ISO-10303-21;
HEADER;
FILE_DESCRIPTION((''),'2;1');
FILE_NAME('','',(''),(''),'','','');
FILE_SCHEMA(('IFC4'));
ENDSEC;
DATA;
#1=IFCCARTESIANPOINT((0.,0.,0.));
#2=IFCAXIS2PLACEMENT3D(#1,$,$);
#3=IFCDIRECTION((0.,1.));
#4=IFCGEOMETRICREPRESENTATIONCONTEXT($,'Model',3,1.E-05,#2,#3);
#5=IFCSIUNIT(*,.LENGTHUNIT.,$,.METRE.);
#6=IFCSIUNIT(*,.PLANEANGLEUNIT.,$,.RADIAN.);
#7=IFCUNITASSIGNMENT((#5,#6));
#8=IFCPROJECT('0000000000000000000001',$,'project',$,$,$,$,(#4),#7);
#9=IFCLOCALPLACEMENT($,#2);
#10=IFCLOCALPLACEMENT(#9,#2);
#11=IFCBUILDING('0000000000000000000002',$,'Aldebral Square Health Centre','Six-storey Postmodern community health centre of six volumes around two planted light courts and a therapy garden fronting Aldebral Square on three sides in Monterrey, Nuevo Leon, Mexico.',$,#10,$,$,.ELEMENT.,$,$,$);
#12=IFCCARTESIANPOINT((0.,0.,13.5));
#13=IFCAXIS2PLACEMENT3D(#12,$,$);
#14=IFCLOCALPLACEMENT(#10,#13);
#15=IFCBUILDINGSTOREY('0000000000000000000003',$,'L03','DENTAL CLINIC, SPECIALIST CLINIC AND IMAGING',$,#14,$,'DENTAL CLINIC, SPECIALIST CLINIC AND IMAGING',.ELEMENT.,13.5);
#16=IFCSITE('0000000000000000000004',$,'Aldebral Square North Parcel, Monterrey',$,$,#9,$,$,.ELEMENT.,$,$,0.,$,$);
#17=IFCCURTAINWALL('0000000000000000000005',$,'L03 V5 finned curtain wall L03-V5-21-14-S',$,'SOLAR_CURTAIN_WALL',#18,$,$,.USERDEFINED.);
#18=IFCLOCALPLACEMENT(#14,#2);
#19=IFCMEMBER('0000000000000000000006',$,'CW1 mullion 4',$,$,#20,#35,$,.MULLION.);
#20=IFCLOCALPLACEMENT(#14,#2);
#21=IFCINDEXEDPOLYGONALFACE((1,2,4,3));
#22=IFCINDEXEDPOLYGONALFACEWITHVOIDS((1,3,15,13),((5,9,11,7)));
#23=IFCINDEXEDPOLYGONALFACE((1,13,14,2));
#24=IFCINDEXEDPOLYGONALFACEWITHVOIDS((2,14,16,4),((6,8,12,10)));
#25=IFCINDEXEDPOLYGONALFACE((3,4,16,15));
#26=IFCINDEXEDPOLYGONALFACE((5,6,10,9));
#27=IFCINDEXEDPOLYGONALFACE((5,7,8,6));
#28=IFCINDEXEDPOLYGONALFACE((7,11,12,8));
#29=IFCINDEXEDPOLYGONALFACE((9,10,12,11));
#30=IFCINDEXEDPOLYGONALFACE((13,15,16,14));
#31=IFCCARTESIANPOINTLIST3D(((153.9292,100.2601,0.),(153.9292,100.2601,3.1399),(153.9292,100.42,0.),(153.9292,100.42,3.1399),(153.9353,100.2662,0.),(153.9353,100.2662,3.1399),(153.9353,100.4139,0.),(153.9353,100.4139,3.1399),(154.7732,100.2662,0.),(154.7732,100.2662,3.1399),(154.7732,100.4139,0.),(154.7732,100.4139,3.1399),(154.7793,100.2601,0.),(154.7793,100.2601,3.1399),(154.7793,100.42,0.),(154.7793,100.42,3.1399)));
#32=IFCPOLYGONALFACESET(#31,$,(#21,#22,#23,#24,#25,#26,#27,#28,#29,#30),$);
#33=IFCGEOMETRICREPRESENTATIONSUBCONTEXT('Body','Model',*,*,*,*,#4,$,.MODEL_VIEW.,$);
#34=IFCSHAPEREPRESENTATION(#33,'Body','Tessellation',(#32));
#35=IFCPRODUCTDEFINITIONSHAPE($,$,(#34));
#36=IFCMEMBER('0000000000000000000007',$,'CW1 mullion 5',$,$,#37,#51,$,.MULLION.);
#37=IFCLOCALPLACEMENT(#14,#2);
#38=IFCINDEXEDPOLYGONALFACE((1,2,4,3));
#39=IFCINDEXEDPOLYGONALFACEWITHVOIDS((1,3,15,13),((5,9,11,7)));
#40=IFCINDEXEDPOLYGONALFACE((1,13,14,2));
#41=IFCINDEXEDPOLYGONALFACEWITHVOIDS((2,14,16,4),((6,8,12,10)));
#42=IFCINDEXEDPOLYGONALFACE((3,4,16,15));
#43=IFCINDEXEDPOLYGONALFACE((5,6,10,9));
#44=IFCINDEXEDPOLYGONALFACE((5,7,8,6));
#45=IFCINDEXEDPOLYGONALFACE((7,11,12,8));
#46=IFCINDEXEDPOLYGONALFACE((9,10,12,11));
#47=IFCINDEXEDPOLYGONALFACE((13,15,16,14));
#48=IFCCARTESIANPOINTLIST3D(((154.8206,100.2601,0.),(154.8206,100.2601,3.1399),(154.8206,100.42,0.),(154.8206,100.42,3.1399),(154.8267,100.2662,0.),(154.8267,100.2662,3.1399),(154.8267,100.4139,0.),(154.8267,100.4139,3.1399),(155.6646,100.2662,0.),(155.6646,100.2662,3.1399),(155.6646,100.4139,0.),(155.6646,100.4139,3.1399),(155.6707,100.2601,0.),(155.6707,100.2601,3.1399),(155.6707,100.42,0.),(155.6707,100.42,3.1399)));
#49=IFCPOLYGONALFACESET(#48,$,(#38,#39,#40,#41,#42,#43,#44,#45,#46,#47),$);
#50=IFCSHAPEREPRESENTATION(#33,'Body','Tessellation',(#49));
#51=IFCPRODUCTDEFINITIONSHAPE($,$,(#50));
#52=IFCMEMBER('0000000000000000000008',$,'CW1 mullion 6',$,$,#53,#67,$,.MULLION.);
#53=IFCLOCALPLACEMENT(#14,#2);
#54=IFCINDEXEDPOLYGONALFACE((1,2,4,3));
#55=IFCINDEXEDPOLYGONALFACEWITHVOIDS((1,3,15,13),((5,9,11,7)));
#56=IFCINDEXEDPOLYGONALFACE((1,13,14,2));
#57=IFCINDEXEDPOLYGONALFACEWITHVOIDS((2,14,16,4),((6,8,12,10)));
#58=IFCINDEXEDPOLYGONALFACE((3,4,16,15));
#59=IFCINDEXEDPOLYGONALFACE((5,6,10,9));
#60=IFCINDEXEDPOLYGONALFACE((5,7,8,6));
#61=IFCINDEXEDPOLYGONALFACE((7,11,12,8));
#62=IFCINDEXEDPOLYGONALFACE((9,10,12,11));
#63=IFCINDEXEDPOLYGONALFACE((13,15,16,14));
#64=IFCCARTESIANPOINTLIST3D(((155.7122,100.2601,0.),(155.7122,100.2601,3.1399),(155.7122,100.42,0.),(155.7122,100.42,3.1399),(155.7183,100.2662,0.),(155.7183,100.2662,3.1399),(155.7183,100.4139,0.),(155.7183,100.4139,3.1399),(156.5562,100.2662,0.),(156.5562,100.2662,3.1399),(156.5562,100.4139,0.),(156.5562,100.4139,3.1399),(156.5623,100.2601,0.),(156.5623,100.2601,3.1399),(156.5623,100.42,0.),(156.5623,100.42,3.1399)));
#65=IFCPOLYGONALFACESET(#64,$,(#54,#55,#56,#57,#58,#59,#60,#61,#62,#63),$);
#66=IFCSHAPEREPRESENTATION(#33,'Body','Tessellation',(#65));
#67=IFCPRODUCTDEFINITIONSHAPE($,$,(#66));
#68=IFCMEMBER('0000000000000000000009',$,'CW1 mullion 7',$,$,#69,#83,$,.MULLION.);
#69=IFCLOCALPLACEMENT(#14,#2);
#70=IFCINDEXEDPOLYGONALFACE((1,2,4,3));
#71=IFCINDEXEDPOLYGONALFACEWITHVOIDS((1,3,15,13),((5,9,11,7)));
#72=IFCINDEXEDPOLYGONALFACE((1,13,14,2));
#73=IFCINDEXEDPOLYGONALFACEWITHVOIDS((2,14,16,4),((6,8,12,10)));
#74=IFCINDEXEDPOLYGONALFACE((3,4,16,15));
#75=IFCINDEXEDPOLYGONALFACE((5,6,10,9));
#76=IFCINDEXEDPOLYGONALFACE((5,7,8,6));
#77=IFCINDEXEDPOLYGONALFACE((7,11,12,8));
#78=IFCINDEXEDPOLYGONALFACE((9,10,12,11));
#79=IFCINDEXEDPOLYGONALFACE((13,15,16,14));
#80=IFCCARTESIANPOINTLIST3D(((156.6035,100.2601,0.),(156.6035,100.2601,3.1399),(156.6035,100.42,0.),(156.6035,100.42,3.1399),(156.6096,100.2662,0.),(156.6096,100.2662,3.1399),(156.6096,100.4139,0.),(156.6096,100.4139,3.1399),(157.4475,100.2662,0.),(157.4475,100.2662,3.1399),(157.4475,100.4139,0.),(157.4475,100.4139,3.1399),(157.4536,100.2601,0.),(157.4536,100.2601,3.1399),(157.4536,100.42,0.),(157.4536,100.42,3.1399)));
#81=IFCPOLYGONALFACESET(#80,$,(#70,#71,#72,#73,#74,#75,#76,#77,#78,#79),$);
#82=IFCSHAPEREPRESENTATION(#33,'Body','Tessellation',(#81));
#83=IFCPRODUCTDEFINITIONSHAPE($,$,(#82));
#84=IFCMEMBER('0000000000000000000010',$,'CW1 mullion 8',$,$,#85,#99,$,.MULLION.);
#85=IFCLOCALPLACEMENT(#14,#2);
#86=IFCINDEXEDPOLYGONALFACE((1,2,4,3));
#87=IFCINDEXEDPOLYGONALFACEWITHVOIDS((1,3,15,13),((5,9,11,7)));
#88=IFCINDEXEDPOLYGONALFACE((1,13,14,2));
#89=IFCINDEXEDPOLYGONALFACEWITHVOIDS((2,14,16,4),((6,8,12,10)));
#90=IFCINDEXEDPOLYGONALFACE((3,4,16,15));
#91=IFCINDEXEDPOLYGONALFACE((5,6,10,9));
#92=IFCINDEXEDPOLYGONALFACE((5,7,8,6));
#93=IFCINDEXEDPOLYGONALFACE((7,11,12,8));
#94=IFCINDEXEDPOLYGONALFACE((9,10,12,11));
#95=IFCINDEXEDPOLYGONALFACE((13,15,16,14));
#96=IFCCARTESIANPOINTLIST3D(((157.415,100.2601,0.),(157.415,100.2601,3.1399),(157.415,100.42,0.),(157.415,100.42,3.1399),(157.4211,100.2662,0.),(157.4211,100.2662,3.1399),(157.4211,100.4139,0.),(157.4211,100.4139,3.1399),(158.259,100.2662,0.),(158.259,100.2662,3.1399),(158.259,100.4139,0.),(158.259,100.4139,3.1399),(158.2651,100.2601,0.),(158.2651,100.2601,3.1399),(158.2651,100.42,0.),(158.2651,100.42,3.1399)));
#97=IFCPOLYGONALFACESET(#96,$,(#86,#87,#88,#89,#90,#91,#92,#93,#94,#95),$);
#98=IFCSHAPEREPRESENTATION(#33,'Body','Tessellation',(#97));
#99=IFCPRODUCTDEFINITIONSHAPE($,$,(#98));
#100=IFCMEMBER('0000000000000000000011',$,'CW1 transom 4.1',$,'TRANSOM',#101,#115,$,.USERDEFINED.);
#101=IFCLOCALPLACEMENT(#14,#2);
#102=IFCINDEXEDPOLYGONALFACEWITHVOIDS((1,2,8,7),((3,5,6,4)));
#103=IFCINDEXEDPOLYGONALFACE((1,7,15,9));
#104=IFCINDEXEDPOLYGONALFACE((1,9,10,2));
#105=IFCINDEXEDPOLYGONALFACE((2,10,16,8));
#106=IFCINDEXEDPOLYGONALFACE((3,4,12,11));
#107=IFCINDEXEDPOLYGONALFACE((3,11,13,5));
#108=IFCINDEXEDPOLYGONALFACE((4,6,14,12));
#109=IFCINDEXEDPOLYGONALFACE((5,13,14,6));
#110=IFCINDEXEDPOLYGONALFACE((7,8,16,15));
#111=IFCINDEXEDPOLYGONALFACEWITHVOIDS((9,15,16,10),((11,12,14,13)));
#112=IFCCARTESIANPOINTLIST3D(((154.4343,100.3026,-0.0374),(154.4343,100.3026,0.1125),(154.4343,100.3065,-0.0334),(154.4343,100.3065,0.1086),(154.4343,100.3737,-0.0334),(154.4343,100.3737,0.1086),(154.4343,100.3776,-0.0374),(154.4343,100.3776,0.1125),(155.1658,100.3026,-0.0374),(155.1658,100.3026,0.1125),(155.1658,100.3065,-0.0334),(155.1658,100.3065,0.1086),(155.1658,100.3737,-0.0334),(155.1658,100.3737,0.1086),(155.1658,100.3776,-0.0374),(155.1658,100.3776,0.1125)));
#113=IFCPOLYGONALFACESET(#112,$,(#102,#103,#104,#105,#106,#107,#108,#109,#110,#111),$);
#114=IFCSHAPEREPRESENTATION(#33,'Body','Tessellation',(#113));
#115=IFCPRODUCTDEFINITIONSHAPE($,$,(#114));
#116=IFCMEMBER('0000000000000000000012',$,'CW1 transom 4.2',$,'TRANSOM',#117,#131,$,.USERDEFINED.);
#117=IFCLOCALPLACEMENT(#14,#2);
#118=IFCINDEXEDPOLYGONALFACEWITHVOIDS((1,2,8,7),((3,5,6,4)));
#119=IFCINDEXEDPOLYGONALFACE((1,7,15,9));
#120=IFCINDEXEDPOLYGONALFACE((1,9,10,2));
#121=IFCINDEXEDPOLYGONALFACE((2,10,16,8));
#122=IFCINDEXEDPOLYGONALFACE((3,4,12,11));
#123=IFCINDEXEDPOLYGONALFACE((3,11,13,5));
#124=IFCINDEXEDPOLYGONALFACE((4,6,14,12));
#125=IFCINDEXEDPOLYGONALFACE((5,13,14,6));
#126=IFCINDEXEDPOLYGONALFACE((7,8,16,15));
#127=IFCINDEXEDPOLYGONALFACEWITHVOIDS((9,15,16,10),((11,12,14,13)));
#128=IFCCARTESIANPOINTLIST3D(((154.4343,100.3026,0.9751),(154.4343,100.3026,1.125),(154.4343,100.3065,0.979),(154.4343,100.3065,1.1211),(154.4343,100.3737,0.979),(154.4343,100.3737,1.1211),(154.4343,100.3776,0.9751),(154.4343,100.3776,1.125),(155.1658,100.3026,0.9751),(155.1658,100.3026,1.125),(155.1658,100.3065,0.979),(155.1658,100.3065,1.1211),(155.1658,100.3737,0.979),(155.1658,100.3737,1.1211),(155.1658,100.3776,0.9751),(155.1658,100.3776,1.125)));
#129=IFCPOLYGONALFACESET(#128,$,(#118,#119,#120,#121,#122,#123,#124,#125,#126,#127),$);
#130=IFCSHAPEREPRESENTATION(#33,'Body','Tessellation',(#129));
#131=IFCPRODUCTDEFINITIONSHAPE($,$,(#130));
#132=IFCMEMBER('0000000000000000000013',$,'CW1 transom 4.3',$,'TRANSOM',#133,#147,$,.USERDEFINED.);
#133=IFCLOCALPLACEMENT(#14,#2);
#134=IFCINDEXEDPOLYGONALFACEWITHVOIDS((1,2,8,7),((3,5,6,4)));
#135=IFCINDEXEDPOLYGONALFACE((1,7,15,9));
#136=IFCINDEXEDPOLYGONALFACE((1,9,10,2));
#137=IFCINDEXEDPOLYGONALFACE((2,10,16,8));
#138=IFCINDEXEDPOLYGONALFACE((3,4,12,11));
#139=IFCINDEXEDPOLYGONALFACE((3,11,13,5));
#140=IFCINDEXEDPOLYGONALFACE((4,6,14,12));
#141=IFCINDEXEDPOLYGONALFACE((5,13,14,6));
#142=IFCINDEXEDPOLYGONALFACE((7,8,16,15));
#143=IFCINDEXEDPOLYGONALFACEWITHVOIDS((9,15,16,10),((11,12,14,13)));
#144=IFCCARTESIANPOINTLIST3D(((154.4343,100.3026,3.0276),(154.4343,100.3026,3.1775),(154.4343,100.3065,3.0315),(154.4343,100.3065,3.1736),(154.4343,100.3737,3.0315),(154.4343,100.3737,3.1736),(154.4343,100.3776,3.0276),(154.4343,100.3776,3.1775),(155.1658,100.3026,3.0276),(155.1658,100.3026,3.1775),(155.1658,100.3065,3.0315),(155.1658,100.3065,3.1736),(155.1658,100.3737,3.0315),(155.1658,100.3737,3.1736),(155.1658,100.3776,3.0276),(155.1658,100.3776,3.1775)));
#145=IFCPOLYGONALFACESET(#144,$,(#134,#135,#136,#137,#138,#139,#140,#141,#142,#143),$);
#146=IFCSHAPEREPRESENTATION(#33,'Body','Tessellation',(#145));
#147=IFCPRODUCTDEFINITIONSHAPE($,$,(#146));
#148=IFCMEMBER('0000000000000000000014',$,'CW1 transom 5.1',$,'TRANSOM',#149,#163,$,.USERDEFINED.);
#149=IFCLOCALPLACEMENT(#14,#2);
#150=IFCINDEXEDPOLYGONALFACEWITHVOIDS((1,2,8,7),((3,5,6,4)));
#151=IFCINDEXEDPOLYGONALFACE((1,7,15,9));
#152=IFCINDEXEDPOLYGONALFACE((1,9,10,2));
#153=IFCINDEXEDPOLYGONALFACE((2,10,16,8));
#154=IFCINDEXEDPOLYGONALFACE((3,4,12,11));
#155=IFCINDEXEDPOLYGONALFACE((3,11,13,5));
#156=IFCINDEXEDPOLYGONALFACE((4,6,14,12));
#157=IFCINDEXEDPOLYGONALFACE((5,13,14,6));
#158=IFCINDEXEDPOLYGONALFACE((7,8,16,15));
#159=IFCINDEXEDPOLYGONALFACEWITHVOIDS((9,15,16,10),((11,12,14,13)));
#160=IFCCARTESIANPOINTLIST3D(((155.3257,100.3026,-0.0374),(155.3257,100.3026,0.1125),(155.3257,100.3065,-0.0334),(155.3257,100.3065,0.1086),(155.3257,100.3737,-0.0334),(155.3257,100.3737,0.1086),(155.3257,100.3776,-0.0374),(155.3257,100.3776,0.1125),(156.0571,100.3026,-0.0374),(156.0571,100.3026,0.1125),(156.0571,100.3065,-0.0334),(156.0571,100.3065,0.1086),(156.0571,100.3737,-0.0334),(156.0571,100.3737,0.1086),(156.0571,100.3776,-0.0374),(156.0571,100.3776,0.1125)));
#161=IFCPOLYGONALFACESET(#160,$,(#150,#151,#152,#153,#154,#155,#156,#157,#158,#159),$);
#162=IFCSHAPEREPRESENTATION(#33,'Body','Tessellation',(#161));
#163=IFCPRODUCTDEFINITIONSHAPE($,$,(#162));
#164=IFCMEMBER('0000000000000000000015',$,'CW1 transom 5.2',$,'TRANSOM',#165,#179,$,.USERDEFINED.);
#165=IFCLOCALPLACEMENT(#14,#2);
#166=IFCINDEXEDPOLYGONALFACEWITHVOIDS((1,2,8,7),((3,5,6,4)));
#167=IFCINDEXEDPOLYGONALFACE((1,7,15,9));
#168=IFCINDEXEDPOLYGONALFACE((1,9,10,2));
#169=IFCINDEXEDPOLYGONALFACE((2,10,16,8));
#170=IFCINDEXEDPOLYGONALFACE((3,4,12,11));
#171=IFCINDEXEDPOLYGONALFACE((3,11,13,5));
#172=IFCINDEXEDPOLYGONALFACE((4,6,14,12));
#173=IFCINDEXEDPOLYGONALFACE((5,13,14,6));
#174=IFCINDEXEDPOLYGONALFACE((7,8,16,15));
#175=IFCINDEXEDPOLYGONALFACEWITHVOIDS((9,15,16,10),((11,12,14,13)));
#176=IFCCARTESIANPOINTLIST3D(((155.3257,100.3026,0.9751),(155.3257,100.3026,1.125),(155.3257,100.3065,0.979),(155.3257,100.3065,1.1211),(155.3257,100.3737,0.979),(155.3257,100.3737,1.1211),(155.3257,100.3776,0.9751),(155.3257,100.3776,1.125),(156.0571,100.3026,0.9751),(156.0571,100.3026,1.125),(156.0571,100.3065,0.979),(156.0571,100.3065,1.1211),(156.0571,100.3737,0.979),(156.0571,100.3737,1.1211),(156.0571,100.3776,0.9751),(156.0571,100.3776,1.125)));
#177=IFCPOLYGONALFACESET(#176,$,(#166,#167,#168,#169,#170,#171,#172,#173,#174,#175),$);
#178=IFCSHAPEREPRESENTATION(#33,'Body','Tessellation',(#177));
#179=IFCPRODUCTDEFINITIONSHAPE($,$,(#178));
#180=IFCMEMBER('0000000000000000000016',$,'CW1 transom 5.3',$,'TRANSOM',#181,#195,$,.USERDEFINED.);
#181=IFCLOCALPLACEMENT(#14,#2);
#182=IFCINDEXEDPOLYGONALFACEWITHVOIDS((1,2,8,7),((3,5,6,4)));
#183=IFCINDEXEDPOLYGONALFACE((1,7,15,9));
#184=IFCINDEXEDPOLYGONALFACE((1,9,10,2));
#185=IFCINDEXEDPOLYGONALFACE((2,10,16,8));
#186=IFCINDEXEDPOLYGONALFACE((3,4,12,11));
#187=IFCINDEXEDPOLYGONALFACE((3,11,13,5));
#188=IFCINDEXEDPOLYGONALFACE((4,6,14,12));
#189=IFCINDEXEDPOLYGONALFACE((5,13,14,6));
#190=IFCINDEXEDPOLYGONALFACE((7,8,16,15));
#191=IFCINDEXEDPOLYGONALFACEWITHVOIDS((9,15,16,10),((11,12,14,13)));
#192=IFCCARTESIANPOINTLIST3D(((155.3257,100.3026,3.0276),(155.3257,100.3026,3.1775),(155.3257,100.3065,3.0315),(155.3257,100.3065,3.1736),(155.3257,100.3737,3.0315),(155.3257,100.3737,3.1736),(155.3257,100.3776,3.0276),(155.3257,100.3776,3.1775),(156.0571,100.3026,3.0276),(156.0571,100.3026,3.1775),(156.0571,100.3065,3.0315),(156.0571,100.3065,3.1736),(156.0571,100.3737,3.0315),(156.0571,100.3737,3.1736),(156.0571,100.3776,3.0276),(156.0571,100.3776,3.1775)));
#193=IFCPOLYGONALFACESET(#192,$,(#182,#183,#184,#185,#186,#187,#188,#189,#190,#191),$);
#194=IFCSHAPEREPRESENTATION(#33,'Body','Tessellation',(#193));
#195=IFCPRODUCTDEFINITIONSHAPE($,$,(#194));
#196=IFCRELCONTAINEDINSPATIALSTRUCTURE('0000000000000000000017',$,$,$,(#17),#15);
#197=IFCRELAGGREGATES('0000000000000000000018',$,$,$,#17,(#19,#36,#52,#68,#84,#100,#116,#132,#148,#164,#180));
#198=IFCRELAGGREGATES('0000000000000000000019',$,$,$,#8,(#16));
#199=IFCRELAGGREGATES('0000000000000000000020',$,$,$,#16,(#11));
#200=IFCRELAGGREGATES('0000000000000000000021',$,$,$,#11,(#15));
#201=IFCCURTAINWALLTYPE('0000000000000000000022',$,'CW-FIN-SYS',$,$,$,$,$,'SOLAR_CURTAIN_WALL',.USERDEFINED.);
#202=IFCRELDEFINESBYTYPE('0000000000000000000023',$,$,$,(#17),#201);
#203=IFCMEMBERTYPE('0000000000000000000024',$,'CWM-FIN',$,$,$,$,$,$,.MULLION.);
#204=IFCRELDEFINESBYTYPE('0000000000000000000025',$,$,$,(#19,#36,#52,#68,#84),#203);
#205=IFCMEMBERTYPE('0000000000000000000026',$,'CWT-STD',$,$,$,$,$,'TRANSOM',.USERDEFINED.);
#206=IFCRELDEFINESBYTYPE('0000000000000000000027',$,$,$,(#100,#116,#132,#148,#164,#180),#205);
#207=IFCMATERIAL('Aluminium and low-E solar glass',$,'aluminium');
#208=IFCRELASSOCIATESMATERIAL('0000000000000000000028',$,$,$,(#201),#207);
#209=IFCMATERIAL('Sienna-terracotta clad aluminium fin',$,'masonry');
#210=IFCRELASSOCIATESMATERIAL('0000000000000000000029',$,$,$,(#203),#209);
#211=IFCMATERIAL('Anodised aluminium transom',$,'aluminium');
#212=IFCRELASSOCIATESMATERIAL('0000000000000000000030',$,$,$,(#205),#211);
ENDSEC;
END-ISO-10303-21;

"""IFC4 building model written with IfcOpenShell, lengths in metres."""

from ifc_helpers import new_model, si_unit, direction, frame, origin, origin_2d, place, context, subcontext, project, spatial, hollow_rectangle, extrude, material, material_profile, profile_set, type_object, element, aggregate, save


model = new_model("IFC4")

# Units and contexts
model_context = context("Model", 3, precision=1e-05, world=origin(), true_north=direction((0.0, 1.0)))
body_context = subcontext(model_context, "Body", "Model", "MODEL_VIEW")
ifc_project = project(units=[si_unit("LENGTHUNIT", "METRE"), si_unit("PLANEANGLEUNIT", "RADIAN")], contexts=[model_context])

# Site, building, storey
site_placement = place(None, origin())
site = spatial("IfcSite", under=ifc_project, at=site_placement, Name="Aldebral Square North Parcel, Monterrey", CompositionType="ELEMENT", RefElevation=0.0)
building_placement = place(site_placement, origin())
building = spatial("IfcBuilding", under=site, at=building_placement, Name="Aldebral Square Health Centre", Description="Six-storey Postmodern community health centre of six volumes around two planted light courts and a therapy garden fronting Aldebral Square on three sides in Monterrey, Nuevo Leon, Mexico.", CompositionType="ELEMENT")
storey_placement = place(building_placement, frame((0.0, 0.0, 13.5)))
storey = spatial("IfcBuildingStorey", under=building, at=storey_placement, Name="L03", Description="DENTAL CLINIC, SPECIALIST CLINIC AND IMAGING", LongName="DENTAL CLINIC, SPECIALIST CLINIC AND IMAGING", CompositionType="ELEMENT", Elevation=13.5)

# Curtain wall, members
ifc_material_1 = material(Name="Aluminium and low-E solar glass", Category="aluminium")
curtain_wall_type = type_object("IfcCurtainWallType", Name="CW-FIN-SYS", ElementType="SOLAR_CURTAIN_WALL", PredefinedType="USERDEFINED", material=ifc_material_1)
curtain_wall_placement = place(storey_placement, origin())
curtain_wall = element("IfcCurtainWall", 1, at=curtain_wall_placement, inside=storey, type_object=curtain_wall_type, Name="L03 V5 finned curtain wall L03-V5-21-14-S", ObjectType="SOLAR_CURTAIN_WALL", PredefinedType="USERDEFINED")
ifc_material_2 = material(Name="Sienna-terracotta clad aluminium fin", Category="masonry")
ifc_material_profile_1 = material_profile(ifc_material_2, hollow_rectangle(XDim=0.1599, YDim=0.8501, WallThickness=0.0061, at=origin_2d()), Name="FIN 160x850x6")
ifc_profile_set_1 = profile_set([ifc_material_profile_1], Name="Sienna-terracotta clad aluminium fin")
member_type_1 = type_object("IfcMemberType", Name="CWM-FIN", PredefinedType="MULLION", material=ifc_profile_set_1)
member_1_placement = place(storey_placement, frame((154.3542, 100.3401, 0.0), z_axis=(0.0, 0.0, 1.0), x_axis=(0.0, 1.0, 0.0)))
member_1 = element("IfcMember", 2, at=member_1_placement, type_object=member_type_1, Name="CW1 mullion 4", PredefinedType="MULLION", context=body_context, shape_type="SweptSolid", body=[
    extrude(hollow_rectangle(XDim=0.1599, YDim=0.8501, WallThickness=0.0061, at=origin_2d()), origin(), (0.0, 0.0, 1.0), 3.1399),
])
member_2_placement = place(storey_placement, frame((155.2456, 100.3401, 0.0), z_axis=(0.0, 0.0, 1.0), x_axis=(0.0, 1.0, 0.0)))
member_2 = element("IfcMember", 3, at=member_2_placement, type_object=member_type_1, Name="CW1 mullion 5", PredefinedType="MULLION", context=body_context, shape_type="SweptSolid", body=[
    extrude(hollow_rectangle(XDim=0.1599, YDim=0.8501, WallThickness=0.0061, at=origin_2d()), origin(), (0.0, 0.0, 1.0), 3.1399),
])
member_3_placement = place(storey_placement, frame((156.1372, 100.3401, 0.0), z_axis=(0.0, 0.0, 1.0), x_axis=(0.0, 1.0, 0.0)))
member_3 = element("IfcMember", 4, at=member_3_placement, type_object=member_type_1, Name="CW1 mullion 6", PredefinedType="MULLION", context=body_context, shape_type="SweptSolid", body=[
    extrude(hollow_rectangle(XDim=0.1599, YDim=0.8501, WallThickness=0.0061, at=origin_2d()), origin(), (0.0, 0.0, 1.0), 3.1399),
])
member_4_placement = place(storey_placement, frame((157.0286, 100.3401, 0.0), z_axis=(0.0, 0.0, 1.0), x_axis=(0.0, 1.0, 0.0)))
member_4 = element("IfcMember", 5, at=member_4_placement, type_object=member_type_1, Name="CW1 mullion 7", PredefinedType="MULLION", context=body_context, shape_type="SweptSolid", body=[
    extrude(hollow_rectangle(XDim=0.1599, YDim=0.8501, WallThickness=0.0061, at=origin_2d()), origin(), (0.0, 0.0, 1.0), 3.1399),
])
member_5_placement = place(storey_placement, frame((157.8401, 100.3401, 0.0), z_axis=(0.0, 0.0, 1.0), x_axis=(0.0, 1.0, 0.0)))
member_5 = element("IfcMember", 6, at=member_5_placement, type_object=member_type_1, Name="CW1 mullion 8", PredefinedType="MULLION", context=body_context, shape_type="SweptSolid", body=[
    extrude(hollow_rectangle(XDim=0.1599, YDim=0.8501, WallThickness=0.0061, at=origin_2d()), origin(), (0.0, 0.0, 1.0), 3.1399),
])
ifc_material_3 = material(Name="Anodised aluminium transom", Category="aluminium")
ifc_material_profile_2 = material_profile(ifc_material_3, hollow_rectangle(XDim=0.075, YDim=0.1499, WallThickness=0.0039, at=origin_2d()), Name="CWT 75x150x4")
ifc_profile_set_2 = profile_set([ifc_material_profile_2], Name="Anodised aluminium transom")
member_type_2 = type_object("IfcMemberType", Name="CWT-STD", ElementType="TRANSOM", PredefinedType="USERDEFINED", material=ifc_profile_set_2)
member_6_placement = place(storey_placement, frame((154.4343, 100.3401, 0.0376), z_axis=(1.0, 0.0, 0.0), x_axis=(0.0, 1.0, 0.0)))
member_6 = element("IfcMember", 7, at=member_6_placement, type_object=member_type_2, Name="CW1 transom 4.1", ObjectType="TRANSOM", PredefinedType="USERDEFINED", context=body_context, shape_type="SweptSolid", body=[
    extrude(hollow_rectangle(XDim=0.075, YDim=0.1499, WallThickness=0.0039, at=origin_2d()), origin(), (0.0, 0.0, 1.0), 0.7314),
])
member_7_placement = place(storey_placement, frame((154.4343, 100.3401, 1.05), z_axis=(1.0, 0.0, 0.0), x_axis=(0.0, 1.0, 0.0)))
member_7 = element("IfcMember", 8, at=member_7_placement, type_object=member_type_2, Name="CW1 transom 4.2", ObjectType="TRANSOM", PredefinedType="USERDEFINED", context=body_context, shape_type="SweptSolid", body=[
    extrude(hollow_rectangle(XDim=0.075, YDim=0.1499, WallThickness=0.0039, at=origin_2d()), origin(), (0.0, 0.0, 1.0), 0.7314),
])
member_8_placement = place(storey_placement, frame((154.4343, 100.3401, 3.1025), z_axis=(1.0, 0.0, 0.0), x_axis=(0.0, 1.0, 0.0)))
member_8 = element("IfcMember", 9, at=member_8_placement, type_object=member_type_2, Name="CW1 transom 4.3", ObjectType="TRANSOM", PredefinedType="USERDEFINED", context=body_context, shape_type="SweptSolid", body=[
    extrude(hollow_rectangle(XDim=0.075, YDim=0.1499, WallThickness=0.0039, at=origin_2d()), origin(), (0.0, 0.0, 1.0), 0.7314),
])
member_9_placement = place(storey_placement, frame((155.3257, 100.3401, 0.0376), z_axis=(1.0, 0.0, 0.0), x_axis=(0.0, 1.0, 0.0)))
member_9 = element("IfcMember", 10, at=member_9_placement, type_object=member_type_2, Name="CW1 transom 5.1", ObjectType="TRANSOM", PredefinedType="USERDEFINED", context=body_context, shape_type="SweptSolid", body=[
    extrude(hollow_rectangle(XDim=0.075, YDim=0.1499, WallThickness=0.0039, at=origin_2d()), origin(), (0.0, 0.0, 1.0), 0.7314),
])
member_10_placement = place(storey_placement, frame((155.3257, 100.3401, 1.05), z_axis=(1.0, 0.0, 0.0), x_axis=(0.0, 1.0, 0.0)))
member_10 = element("IfcMember", 11, at=member_10_placement, type_object=member_type_2, Name="CW1 transom 5.2", ObjectType="TRANSOM", PredefinedType="USERDEFINED", context=body_context, shape_type="SweptSolid", body=[
    extrude(hollow_rectangle(XDim=0.075, YDim=0.1499, WallThickness=0.0039, at=origin_2d()), origin(), (0.0, 0.0, 1.0), 0.7314),
])
member_11_placement = place(storey_placement, frame((155.3257, 100.3401, 3.1025), z_axis=(1.0, 0.0, 0.0), x_axis=(0.0, 1.0, 0.0)))
member_11 = element("IfcMember", 12, at=member_11_placement, type_object=member_type_2, Name="CW1 transom 5.3", ObjectType="TRANSOM", PredefinedType="USERDEFINED", context=body_context, shape_type="SweptSolid", body=[
    extrude(hollow_rectangle(XDim=0.075, YDim=0.1499, WallThickness=0.0039, at=origin_2d()), origin(), (0.0, 0.0, 1.0), 0.7314),
])
aggregate(curtain_wall, [member_1, member_2, member_3, member_4, member_5, member_6, member_7, member_8, member_9, member_10, member_11])

save(model, "model.ifc")
